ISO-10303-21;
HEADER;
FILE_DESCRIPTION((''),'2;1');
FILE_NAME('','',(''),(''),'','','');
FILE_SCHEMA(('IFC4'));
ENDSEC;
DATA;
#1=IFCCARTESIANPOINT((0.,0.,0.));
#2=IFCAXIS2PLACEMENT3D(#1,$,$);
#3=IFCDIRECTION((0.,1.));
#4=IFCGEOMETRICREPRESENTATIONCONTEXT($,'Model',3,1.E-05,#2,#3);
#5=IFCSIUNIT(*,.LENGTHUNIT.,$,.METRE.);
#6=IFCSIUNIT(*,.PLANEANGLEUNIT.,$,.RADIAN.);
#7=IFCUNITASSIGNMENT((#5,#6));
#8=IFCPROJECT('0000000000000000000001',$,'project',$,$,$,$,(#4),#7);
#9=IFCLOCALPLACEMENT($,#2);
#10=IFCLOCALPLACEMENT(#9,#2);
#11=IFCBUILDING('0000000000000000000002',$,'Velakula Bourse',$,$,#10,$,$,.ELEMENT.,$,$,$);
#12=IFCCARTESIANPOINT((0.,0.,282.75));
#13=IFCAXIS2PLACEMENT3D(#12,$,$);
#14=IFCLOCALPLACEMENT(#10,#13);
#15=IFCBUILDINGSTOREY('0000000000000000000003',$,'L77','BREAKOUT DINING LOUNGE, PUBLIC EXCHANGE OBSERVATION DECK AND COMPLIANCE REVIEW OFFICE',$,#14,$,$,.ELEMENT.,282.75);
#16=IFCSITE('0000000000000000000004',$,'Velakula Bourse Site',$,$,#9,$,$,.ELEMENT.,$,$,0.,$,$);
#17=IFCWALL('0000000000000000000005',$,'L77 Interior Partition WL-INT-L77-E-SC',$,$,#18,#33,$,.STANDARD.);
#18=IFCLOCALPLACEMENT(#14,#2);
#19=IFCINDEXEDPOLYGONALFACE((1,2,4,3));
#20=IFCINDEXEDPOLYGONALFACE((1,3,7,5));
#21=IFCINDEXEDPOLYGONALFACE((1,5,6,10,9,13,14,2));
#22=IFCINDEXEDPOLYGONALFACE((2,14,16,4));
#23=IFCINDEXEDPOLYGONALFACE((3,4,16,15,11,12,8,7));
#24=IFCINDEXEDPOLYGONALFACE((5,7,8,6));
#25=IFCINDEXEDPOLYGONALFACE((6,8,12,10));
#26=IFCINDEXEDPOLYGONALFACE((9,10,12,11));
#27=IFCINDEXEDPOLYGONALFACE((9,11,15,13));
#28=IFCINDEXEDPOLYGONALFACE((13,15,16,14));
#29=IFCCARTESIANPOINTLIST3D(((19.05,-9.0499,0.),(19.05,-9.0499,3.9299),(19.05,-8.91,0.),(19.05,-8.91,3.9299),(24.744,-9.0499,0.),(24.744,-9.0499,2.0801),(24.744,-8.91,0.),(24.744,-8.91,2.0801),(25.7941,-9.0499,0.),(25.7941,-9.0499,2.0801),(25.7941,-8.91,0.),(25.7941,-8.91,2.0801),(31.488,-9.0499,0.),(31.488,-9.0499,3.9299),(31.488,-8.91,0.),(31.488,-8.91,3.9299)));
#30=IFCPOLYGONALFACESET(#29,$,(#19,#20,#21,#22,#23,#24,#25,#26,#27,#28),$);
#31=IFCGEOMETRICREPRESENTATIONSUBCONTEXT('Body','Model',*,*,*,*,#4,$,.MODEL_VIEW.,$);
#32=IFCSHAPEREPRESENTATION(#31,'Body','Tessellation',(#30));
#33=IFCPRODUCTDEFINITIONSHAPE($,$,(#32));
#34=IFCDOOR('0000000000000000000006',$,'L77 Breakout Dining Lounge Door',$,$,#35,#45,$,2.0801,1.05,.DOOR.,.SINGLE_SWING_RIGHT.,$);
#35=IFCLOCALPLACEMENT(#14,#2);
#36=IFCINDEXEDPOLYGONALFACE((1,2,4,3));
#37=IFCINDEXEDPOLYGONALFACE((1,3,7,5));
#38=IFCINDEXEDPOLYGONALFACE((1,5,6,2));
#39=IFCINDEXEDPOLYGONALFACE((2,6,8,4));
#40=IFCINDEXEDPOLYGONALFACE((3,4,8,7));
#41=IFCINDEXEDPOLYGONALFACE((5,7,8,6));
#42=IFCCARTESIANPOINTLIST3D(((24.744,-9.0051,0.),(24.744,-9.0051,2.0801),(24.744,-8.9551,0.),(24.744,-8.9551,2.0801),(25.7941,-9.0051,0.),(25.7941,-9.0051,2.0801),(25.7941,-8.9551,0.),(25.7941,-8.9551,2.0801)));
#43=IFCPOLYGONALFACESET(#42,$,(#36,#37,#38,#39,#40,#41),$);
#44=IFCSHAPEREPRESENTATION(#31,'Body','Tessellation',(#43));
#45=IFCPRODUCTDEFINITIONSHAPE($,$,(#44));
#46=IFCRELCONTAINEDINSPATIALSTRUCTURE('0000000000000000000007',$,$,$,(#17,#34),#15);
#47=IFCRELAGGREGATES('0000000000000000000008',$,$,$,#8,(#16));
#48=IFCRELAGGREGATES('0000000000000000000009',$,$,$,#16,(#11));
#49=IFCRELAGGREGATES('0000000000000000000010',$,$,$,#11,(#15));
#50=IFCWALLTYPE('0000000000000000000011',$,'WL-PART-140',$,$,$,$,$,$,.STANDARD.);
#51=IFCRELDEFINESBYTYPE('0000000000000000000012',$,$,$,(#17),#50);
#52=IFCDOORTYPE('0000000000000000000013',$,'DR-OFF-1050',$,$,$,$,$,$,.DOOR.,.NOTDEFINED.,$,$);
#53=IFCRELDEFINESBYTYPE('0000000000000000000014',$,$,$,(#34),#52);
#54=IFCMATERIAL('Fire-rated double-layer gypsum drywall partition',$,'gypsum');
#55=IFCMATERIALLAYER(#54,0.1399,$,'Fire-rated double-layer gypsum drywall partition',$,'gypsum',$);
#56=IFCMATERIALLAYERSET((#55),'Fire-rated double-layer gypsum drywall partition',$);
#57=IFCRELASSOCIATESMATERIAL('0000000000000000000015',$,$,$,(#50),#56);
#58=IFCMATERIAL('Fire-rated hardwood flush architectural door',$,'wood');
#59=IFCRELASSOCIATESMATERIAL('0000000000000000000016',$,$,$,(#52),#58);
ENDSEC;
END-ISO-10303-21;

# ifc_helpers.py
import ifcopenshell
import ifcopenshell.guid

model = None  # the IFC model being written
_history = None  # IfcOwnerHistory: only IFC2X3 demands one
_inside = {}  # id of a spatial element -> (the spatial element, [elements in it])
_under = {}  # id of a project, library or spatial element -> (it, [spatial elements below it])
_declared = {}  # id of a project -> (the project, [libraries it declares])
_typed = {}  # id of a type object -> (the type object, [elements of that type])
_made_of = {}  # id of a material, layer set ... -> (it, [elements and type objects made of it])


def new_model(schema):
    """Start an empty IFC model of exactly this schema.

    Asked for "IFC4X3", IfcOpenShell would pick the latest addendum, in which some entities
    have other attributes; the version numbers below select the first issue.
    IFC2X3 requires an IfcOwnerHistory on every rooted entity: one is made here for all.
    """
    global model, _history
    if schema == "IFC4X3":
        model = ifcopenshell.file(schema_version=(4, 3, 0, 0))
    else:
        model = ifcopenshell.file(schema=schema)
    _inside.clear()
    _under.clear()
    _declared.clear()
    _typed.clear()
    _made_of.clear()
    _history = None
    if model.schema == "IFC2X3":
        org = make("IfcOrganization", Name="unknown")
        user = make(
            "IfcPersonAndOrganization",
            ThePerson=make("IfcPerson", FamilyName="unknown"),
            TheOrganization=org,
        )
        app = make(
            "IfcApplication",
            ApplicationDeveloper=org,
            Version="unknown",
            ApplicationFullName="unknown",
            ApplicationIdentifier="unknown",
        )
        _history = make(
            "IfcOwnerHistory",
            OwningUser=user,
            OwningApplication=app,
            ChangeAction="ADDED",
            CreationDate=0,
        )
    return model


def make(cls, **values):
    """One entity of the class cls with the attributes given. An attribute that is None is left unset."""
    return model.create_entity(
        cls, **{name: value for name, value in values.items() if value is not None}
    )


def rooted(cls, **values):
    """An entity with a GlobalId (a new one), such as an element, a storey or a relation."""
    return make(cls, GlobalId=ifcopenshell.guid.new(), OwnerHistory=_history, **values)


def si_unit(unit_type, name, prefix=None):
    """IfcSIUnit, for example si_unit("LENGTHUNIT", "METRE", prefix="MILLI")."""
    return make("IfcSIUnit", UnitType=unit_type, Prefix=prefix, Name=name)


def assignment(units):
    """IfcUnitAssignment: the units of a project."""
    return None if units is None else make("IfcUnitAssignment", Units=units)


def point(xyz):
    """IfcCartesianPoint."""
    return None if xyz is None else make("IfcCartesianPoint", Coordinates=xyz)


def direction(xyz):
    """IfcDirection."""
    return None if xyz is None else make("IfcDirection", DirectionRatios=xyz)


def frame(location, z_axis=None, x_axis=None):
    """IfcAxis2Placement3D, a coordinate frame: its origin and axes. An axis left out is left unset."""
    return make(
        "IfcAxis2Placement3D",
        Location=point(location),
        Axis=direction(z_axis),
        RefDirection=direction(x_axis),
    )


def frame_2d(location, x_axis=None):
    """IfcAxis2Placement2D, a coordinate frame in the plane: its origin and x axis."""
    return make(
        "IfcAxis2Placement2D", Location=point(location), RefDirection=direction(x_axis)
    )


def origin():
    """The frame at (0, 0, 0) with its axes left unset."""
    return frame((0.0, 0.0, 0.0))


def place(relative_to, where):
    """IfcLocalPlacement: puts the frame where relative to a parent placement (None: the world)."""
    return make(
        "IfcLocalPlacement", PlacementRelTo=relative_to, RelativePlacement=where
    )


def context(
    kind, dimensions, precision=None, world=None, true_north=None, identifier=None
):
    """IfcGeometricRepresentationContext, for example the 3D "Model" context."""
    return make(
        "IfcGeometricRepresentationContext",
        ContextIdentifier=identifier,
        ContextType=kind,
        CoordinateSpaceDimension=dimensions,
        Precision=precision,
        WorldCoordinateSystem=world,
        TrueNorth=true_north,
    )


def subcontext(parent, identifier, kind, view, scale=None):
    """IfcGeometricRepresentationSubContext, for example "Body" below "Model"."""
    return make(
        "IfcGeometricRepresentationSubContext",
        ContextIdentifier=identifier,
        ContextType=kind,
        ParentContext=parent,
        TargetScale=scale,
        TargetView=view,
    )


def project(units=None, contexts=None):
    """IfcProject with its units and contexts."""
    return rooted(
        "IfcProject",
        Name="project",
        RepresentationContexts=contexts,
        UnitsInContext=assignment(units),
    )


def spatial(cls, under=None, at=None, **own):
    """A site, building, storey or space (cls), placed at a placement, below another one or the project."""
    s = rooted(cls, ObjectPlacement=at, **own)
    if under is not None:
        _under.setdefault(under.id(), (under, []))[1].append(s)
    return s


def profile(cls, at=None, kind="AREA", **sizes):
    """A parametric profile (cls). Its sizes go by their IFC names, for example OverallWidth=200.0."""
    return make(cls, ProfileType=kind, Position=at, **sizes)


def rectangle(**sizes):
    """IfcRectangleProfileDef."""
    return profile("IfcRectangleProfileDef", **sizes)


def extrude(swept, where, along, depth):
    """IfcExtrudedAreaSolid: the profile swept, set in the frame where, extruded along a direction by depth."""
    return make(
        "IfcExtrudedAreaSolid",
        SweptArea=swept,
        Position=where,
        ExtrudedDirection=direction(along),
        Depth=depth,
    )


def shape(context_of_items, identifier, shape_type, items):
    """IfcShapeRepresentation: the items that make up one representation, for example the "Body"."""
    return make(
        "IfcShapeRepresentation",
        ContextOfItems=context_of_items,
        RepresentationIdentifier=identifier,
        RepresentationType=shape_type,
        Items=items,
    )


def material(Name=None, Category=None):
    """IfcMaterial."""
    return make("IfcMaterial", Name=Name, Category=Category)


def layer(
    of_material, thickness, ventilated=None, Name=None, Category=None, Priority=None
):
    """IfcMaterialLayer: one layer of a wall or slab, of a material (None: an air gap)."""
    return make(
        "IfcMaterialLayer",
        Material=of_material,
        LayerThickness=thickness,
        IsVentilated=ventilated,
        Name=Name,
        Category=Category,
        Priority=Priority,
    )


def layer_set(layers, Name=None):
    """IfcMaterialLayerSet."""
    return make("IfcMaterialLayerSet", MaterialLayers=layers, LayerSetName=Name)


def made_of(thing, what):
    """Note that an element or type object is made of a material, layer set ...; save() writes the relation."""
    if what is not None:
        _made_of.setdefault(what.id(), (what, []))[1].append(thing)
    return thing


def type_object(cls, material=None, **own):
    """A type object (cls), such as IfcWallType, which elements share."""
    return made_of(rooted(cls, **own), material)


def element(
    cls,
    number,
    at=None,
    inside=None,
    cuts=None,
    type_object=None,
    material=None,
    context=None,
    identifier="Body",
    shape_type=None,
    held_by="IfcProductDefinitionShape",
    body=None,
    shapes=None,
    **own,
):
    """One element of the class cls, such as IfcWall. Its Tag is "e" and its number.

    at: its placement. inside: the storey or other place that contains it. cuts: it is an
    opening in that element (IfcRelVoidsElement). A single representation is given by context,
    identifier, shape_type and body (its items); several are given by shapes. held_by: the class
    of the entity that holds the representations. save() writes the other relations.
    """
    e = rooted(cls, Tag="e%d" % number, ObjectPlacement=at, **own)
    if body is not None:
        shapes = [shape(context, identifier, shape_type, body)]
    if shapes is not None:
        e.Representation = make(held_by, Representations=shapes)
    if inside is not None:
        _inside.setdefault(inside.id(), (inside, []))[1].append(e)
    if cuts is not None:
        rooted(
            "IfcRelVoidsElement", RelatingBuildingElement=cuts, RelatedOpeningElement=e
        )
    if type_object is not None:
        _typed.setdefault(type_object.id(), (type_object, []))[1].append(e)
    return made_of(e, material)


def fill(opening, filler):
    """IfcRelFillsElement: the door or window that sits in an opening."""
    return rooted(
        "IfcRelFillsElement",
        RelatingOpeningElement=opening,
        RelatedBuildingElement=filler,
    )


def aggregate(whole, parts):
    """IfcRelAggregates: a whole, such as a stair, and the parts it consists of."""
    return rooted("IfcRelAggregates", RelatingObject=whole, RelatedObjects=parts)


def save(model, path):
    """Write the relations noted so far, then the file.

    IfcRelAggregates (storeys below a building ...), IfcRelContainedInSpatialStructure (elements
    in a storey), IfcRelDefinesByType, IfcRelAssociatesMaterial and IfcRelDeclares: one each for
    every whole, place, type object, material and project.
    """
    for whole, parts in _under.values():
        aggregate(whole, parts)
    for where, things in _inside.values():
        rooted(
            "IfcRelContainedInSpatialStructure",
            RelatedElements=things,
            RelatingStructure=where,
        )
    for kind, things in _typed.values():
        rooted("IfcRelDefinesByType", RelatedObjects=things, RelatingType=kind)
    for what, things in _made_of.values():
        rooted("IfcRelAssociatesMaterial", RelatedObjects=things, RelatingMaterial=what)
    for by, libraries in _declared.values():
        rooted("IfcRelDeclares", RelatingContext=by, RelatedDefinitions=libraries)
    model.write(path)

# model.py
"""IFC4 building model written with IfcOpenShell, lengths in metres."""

from ifc_helpers import new_model, si_unit, direction, frame, frame_2d, origin, place, context, subcontext, project, spatial, rectangle, extrude, material, layer, layer_set, type_object, element, fill, save


model = new_model("IFC4")

# Units and contexts
model_context = context("Model", 3, precision=1e-05, world=origin(), true_north=direction((0.0, 1.0)))
body_context = subcontext(model_context, "Body", "Model", "MODEL_VIEW")
ifc_project = project(units=[si_unit("LENGTHUNIT", "METRE"), si_unit("PLANEANGLEUNIT", "RADIAN")], contexts=[model_context])

# Site, building, storey
site_placement = place(None, origin())
site = spatial("IfcSite", under=ifc_project, at=site_placement, Name="Velakula Bourse Site", CompositionType="ELEMENT", RefElevation=0.0)
building_placement = place(site_placement, origin())
building = spatial("IfcBuilding", under=site, at=building_placement, Name="Velakula Bourse", CompositionType="ELEMENT")
storey_placement = place(building_placement, frame((0.0, 0.0, 282.75)))
storey = spatial("IfcBuildingStorey", under=building, at=storey_placement, Name="L77", Description="BREAKOUT DINING LOUNGE, PUBLIC EXCHANGE OBSERVATION DECK AND COMPLIANCE REVIEW OFFICE", CompositionType="ELEMENT", Elevation=282.75)

# Wall, opening, door
ifc_material_1 = material(Name="Fire-rated double-layer gypsum drywall partition", Category="gypsum")
ifc_layer_1 = layer(ifc_material_1, 0.1399, Name="Fire-rated double-layer gypsum drywall partition", Category="gypsum")
ifc_layer_set_1 = layer_set([ifc_layer_1], Name="Fire-rated double-layer gypsum drywall partition")
wall_type_1 = type_object("IfcWallType", Name="WL-PART-140", PredefinedType="STANDARD", material=ifc_layer_set_1)
wall_1_placement = place(storey_placement, frame((19.05, -8.98, 0.0), z_axis=(0.0, 0.0, 1.0), x_axis=(1.0, 0.0, 0.0)))
wall_1 = element("IfcWall", 1, at=wall_1_placement, inside=storey, type_object=wall_type_1, Name="L77 Interior Partition WL-INT-L77-E-SC", PredefinedType="STANDARD", context=body_context, shape_type="SweptSolid", body=[
    extrude(rectangle(XDim=12.438, YDim=0.1399, at=frame_2d((6.219, 0.0))), origin(), (0.0, 0.0, 1.0), 3.9299),
])
opening_1_placement = place(wall_1_placement, frame((5.6941, 0.0, 0.0)))
opening_1 = element("IfcOpeningElement", 2, at=opening_1_placement, cuts=wall_1, PredefinedType="OPENING", context=body_context, shape_type="SweptSolid", body=[
    extrude(rectangle(XDim=1.05, YDim=2.0801, at=frame_2d((0.5249, 1.04))), frame((0.0, 0.0798, 0.0), z_axis=(0.0, -1.0, 0.0), x_axis=(1.0, 0.0, 0.0)), (0.0, 0.0, 1.0), 0.1599),
])
ifc_material_2 = material(Name="Fire-rated hardwood flush architectural door", Category="wood")
door_type = type_object("IfcDoorType", Name="DR-OFF-1050", OperationType="NOTDEFINED", PredefinedType="DOOR", material=ifc_material_2)
door_placement = place(opening_1_placement, origin())
door = element("IfcDoor", 3, at=door_placement, inside=storey, type_object=door_type, Name="L77 Breakout Dining Lounge Door", OperationType="SINGLE_SWING_RIGHT", OverallHeight=2.0801, OverallWidth=1.05, PredefinedType="DOOR", context=body_context, shape_type="SweptSolid", body=[
    extrude(rectangle(XDim=1.05, YDim=2.0801, at=frame_2d((0.5249, 1.04))), frame((0.0, 0.0249, 0.0), z_axis=(0.0, -1.0, 0.0), x_axis=(1.0, 0.0, 0.0)), (0.0, 0.0, 1.0), 0.05),
])
fill(opening_1, door)

save(model, "model.ifc")
